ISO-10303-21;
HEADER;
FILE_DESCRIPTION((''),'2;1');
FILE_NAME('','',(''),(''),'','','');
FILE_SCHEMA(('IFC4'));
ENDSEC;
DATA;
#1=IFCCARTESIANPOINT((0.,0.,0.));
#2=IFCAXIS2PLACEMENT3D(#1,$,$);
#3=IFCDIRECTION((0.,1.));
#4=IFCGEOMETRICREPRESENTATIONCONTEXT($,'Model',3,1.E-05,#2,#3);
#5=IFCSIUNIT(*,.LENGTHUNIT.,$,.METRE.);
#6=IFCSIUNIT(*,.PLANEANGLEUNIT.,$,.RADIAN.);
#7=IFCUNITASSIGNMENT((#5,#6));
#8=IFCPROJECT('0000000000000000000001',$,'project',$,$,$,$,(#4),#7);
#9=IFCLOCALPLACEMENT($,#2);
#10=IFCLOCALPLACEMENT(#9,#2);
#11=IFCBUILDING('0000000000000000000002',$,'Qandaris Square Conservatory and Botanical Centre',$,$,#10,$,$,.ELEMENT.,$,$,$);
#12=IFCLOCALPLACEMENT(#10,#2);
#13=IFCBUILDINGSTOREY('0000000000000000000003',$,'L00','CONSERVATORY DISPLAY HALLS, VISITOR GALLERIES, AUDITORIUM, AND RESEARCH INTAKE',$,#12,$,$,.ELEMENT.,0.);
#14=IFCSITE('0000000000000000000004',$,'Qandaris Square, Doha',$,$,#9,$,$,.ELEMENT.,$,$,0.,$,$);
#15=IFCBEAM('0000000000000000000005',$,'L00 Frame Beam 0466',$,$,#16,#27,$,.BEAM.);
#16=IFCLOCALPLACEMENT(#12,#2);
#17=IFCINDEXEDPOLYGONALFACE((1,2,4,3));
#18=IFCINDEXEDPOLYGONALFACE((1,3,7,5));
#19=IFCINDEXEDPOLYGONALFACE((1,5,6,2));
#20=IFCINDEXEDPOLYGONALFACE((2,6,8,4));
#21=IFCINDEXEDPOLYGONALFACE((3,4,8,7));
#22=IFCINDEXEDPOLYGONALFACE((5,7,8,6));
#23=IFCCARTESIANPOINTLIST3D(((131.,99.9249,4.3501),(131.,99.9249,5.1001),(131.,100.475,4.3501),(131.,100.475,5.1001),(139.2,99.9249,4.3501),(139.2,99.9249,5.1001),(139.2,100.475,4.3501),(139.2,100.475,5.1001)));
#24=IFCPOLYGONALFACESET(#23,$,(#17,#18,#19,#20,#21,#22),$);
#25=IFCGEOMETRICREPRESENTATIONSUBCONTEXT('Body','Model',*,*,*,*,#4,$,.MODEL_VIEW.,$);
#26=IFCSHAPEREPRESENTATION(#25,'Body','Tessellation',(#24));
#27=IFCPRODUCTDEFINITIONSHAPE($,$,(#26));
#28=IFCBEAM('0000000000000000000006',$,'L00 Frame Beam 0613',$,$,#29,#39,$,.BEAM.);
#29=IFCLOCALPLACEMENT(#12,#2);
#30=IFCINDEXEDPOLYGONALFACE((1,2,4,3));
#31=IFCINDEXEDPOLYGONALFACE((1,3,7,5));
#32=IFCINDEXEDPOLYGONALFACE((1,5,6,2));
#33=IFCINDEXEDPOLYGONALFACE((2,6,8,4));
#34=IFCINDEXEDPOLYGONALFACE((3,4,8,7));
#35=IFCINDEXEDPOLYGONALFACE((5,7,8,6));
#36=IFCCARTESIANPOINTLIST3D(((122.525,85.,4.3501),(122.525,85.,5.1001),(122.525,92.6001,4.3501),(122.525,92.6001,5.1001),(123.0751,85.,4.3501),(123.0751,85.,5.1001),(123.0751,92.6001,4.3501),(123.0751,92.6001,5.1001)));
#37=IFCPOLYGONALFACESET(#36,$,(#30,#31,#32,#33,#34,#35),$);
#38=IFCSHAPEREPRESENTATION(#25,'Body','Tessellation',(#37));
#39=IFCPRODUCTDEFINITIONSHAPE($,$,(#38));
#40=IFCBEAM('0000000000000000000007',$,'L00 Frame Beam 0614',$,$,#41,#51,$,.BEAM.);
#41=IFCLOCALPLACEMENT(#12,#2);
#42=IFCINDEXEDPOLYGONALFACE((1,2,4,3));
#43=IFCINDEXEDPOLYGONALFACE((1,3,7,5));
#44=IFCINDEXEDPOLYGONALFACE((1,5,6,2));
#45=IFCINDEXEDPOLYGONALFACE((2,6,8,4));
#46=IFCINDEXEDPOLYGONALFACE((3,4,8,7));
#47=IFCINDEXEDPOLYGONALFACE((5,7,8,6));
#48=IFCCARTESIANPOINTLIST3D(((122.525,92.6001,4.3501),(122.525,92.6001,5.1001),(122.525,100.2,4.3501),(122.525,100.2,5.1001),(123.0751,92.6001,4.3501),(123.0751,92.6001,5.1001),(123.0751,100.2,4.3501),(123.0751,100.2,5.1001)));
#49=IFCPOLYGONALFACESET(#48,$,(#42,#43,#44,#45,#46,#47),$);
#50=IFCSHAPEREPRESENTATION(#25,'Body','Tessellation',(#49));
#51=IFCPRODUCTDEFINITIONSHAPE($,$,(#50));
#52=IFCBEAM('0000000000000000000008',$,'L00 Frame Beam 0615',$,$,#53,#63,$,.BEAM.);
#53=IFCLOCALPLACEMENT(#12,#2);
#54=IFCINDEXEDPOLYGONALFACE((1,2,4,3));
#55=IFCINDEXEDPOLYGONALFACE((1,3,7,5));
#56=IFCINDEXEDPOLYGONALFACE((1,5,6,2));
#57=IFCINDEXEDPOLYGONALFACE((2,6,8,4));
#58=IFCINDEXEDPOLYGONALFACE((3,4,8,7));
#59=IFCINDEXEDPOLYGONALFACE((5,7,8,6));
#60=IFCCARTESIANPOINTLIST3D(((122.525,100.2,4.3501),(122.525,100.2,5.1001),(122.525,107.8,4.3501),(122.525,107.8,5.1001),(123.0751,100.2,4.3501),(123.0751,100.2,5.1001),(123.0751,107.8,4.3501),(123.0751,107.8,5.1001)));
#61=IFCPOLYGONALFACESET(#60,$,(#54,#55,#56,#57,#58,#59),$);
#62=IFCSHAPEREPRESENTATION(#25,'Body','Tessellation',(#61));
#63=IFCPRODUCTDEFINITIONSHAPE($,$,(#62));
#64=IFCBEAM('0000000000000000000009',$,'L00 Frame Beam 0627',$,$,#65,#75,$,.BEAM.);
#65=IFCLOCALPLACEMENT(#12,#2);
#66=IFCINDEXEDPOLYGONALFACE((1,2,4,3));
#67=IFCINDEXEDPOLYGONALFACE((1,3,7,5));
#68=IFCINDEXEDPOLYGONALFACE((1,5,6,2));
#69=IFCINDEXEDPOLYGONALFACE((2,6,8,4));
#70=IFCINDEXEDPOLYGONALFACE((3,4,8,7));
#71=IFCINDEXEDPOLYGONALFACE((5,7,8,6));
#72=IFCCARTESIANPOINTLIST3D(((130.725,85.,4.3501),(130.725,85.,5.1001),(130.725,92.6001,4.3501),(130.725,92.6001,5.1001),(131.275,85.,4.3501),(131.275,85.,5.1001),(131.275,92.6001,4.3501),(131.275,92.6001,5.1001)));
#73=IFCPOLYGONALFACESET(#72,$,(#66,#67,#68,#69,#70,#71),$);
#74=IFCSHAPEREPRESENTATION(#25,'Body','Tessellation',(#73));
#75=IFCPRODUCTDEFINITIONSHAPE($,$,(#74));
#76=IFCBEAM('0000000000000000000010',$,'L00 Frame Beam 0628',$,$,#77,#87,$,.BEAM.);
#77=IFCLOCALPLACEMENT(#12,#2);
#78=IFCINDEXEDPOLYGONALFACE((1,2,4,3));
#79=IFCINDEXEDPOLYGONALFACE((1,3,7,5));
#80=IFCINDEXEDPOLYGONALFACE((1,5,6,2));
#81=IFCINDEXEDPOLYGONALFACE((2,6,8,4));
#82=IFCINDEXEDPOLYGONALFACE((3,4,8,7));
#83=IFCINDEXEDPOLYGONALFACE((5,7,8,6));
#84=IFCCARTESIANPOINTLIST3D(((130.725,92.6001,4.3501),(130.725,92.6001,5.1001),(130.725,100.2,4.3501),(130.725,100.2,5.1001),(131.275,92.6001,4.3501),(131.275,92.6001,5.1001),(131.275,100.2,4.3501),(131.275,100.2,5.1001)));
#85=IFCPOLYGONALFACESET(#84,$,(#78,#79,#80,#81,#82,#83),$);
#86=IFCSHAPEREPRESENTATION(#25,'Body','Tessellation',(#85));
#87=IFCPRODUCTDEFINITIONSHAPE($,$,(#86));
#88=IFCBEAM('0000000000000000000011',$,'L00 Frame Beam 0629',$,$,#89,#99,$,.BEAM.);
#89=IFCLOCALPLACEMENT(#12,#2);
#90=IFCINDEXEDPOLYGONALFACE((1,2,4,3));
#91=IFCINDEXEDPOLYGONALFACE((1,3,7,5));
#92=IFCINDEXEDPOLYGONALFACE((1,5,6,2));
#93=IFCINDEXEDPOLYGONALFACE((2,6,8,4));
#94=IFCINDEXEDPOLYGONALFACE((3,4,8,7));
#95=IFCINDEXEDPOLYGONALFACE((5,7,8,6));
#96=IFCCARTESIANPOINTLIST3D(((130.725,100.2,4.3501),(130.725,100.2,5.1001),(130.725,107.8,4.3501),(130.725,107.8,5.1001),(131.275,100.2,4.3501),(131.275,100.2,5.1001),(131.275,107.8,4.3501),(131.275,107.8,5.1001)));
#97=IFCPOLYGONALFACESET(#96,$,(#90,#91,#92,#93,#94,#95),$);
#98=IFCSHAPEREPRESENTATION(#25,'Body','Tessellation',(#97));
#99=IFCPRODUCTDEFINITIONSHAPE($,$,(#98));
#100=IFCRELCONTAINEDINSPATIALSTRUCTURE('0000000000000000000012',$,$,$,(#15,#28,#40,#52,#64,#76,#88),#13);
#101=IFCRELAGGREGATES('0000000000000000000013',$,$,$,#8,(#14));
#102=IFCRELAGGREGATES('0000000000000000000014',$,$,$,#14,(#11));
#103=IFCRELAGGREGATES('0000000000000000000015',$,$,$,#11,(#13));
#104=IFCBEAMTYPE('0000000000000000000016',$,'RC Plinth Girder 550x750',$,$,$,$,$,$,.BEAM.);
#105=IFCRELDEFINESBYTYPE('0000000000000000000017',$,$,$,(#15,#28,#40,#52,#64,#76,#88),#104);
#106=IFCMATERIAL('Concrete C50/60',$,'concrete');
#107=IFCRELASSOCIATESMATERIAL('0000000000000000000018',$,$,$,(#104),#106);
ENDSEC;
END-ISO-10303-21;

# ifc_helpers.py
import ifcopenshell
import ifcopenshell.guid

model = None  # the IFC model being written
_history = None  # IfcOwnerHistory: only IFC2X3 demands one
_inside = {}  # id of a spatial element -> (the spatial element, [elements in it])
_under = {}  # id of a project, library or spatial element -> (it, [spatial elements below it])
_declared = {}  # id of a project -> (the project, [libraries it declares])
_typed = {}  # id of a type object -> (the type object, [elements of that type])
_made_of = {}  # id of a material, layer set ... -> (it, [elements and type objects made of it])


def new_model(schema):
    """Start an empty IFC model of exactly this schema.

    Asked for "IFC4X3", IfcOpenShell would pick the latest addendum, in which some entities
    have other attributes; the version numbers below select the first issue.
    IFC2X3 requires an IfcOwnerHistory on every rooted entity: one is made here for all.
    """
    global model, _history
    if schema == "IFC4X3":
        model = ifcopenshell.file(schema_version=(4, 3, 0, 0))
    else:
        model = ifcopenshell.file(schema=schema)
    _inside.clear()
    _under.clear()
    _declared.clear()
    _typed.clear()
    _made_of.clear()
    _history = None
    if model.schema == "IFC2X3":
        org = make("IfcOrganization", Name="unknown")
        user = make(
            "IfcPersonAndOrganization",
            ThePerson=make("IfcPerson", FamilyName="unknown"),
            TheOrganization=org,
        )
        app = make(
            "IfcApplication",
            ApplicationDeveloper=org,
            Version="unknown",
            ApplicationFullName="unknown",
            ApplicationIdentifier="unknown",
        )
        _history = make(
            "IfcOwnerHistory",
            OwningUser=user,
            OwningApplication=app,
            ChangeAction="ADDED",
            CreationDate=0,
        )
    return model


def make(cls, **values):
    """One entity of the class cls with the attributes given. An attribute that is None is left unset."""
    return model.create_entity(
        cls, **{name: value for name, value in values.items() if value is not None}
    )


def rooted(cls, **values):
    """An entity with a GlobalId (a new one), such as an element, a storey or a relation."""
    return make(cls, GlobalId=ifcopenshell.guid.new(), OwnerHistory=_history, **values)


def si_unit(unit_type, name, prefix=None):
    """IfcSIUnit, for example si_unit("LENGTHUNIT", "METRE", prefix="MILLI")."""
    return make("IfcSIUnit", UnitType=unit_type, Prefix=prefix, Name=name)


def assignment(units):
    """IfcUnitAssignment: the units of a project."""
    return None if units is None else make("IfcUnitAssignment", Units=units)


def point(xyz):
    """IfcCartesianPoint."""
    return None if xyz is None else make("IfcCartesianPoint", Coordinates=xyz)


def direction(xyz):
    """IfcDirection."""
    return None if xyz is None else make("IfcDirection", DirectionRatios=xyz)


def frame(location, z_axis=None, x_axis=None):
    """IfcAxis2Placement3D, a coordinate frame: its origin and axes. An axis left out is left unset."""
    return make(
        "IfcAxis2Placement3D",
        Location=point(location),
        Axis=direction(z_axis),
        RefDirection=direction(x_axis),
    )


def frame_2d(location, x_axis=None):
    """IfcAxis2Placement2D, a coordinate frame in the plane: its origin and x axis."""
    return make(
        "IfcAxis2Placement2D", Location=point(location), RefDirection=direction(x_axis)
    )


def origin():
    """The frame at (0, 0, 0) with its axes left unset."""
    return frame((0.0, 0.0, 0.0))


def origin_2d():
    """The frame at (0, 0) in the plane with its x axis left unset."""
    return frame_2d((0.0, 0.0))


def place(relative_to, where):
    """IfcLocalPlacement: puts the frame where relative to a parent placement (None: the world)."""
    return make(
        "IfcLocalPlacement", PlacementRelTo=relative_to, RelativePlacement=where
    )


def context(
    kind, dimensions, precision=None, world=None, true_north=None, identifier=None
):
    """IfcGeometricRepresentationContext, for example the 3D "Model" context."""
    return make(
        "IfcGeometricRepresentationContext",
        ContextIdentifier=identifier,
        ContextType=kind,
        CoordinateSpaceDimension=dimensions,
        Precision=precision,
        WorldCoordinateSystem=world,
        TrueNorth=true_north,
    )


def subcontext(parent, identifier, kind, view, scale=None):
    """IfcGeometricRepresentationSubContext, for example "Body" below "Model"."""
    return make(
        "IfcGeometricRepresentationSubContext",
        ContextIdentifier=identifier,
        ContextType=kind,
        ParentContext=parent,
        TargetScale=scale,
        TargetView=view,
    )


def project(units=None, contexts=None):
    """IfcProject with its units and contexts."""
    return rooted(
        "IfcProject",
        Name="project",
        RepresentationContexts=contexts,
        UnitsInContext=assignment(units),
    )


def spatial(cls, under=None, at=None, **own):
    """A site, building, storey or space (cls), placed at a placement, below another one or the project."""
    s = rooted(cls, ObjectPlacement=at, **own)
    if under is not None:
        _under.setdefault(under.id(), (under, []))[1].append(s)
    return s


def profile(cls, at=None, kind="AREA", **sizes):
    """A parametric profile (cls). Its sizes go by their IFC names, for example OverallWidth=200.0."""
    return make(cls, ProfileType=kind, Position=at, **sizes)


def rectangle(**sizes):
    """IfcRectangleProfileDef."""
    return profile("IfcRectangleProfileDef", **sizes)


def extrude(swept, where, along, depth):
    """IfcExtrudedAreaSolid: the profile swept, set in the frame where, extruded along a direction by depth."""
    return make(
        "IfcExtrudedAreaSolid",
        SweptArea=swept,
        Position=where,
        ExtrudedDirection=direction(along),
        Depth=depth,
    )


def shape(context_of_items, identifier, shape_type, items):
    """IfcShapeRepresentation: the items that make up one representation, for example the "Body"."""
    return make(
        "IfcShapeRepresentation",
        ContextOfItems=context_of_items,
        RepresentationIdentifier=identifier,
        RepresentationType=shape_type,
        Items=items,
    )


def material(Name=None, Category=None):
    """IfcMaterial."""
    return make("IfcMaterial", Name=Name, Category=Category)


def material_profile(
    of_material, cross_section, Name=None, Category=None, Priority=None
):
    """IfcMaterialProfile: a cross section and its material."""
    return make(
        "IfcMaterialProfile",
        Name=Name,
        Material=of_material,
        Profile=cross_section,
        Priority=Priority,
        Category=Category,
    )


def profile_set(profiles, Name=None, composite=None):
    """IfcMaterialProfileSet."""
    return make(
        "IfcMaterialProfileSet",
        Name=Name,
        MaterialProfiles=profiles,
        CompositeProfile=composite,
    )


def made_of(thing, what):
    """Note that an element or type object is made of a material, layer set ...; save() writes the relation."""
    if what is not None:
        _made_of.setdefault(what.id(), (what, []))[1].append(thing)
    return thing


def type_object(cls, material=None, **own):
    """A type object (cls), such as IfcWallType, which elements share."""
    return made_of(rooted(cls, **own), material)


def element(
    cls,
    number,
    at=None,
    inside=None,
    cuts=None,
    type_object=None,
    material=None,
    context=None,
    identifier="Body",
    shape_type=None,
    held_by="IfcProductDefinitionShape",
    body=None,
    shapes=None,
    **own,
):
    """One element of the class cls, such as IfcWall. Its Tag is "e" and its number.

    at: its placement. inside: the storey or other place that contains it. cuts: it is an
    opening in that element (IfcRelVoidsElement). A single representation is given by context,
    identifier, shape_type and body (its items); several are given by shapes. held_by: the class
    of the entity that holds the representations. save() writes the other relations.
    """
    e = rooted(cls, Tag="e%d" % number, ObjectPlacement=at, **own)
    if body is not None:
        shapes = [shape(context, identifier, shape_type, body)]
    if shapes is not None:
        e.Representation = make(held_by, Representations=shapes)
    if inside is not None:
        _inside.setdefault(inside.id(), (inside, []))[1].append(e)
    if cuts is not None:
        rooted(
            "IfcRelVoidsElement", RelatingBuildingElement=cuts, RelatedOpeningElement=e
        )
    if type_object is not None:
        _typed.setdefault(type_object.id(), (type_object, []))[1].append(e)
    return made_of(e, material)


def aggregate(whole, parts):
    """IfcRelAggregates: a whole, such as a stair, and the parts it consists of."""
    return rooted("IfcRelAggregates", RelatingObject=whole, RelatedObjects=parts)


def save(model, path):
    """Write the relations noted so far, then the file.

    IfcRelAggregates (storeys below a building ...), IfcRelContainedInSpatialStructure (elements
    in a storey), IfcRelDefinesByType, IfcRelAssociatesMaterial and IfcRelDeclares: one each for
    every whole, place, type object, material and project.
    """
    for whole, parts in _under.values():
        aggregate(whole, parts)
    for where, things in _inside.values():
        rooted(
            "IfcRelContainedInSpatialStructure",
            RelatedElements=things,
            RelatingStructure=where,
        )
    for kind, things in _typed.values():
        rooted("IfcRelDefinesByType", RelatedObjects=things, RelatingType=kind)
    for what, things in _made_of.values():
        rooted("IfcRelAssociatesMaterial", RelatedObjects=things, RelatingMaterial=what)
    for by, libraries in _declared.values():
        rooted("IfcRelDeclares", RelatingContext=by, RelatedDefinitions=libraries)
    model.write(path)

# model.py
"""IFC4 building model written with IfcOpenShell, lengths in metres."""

from ifc_helpers import new_model, si_unit, direction, frame, origin, origin_2d, place, context, subcontext, project, spatial, rectangle, extrude, material, material_profile, profile_set, type_object, element, save


model = new_model("IFC4")

# Units and contexts
model_context = context("Model", 3, precision=1e-05, world=origin(), true_north=direction((0.0, 1.0)))
body_context = subcontext(model_context, "Body", "Model", "MODEL_VIEW")
ifc_project = project(units=[si_unit("LENGTHUNIT", "METRE"), si_unit("PLANEANGLEUNIT", "RADIAN")], contexts=[model_context])

# Site, building, storey
site_placement = place(None, origin())
site = spatial("IfcSite", under=ifc_project, at=site_placement, Name="Qandaris Square, Doha", CompositionType="ELEMENT", RefElevation=0.0)
building_placement = place(site_placement, origin())
building = spatial("IfcBuilding", under=site, at=building_placement, Name="Qandaris Square Conservatory and Botanical Centre", CompositionType="ELEMENT")
storey_placement = place(building_placement, origin())
storey = spatial("IfcBuildingStorey", under=building, at=storey_placement, Name="L00", Description="CONSERVATORY DISPLAY HALLS, VISITOR GALLERIES, AUDITORIUM, AND RESEARCH INTAKE", CompositionType="ELEMENT", Elevation=0.0)

# Shared definitions
ifc_material_1 = material(Name="Concrete C50/60", Category="concrete")

# Beams
ifc_material_profile_1 = material_profile(ifc_material_1, rectangle(XDim=0.55, YDim=0.75, at=origin_2d()), Name="RC-BM 550x750")
ifc_profile_set_1 = profile_set([ifc_material_profile_1], Name="Concrete C50/60")
beam_type_1 = type_object("IfcBeamType", Name="RC Plinth Girder 550x750", PredefinedType="BEAM", material=ifc_profile_set_1)
for number, where, z_axis, x_axis, name in (
    (1, (131.0, 100.2, 4.7251), (1.0, 0.0, 0.0), (0.0, 1.0, 0.0), "L00 Frame Beam 0466"),
):
    element("IfcBeam", number, at=place(storey_placement, frame(where, z_axis=z_axis, x_axis=x_axis)), inside=storey, type_object=beam_type_1, Name=name, PredefinedType="BEAM", context=body_context, shape_type="SweptSolid", body=[
        extrude(rectangle(XDim=0.55, YDim=0.75, at=origin_2d()), origin(), (0.0, 0.0, 1.0), 8.2),
    ])
beam_1_placement = place(storey_placement, frame((122.8, 85.0, 4.7251), z_axis=(0.0, 1.0, 0.0), x_axis=(-1.0, 0.0, 0.0)))
element("IfcBeam", 2, at=beam_1_placement, inside=storey, type_object=beam_type_1, Name="L00 Frame Beam 0613", PredefinedType="BEAM", context=body_context, shape_type="SweptSolid", body=[
    extrude(rectangle(XDim=0.55, YDim=0.75, at=origin_2d()), origin(), (0.0, 0.0, 1.0), 7.6001),
])
beam_2_placement = place(storey_placement, frame((122.8, 92.6001, 4.7251), z_axis=(0.0, 1.0, 0.0), x_axis=(-1.0, 0.0, 0.0)))
element("IfcBeam", 3, at=beam_2_placement, inside=storey, type_object=beam_type_1, Name="L00 Frame Beam 0614", PredefinedType="BEAM", context=body_context, shape_type="SweptSolid", body=[
    extrude(rectangle(XDim=0.55, YDim=0.75, at=origin_2d()), origin(), (0.0, 0.0, 1.0), 7.5999),
])
for number, where, z_axis, x_axis, name in (
    (4, (122.8, 100.2, 4.7251), (0.0, 1.0, 0.0), (-1.0, 0.0, 0.0), "L00 Frame Beam 0615"),
    (5, (131.0, 85.0, 4.7251), (0.0, 1.0, 0.0), (-1.0, 0.0, 0.0), "L00 Frame Beam 0627"),
):
    element("IfcBeam", number, at=place(storey_placement, frame(where, z_axis=z_axis, x_axis=x_axis)), inside=storey, type_object=beam_type_1, Name=name, PredefinedType="BEAM", context=body_context, shape_type="SweptSolid", body=[
        extrude(rectangle(XDim=0.55, YDim=0.75, at=origin_2d()), origin(), (0.0, 0.0, 1.0), 7.6001),
    ])
beam_3_placement = place(storey_placement, frame((131.0, 92.6001, 4.7251), z_axis=(0.0, 1.0, 0.0), x_axis=(-1.0, 0.0, 0.0)))
element("IfcBeam", 6, at=beam_3_placement, inside=storey, type_object=beam_type_1, Name="L00 Frame Beam 0628", PredefinedType="BEAM", context=body_context, shape_type="SweptSolid", body=[
    extrude(rectangle(XDim=0.55, YDim=0.75, at=origin_2d()), origin(), (0.0, 0.0, 1.0), 7.5999),
])
beam_4_placement = place(storey_placement, frame((131.0, 100.2, 4.7251), z_axis=(0.0, 1.0, 0.0), x_axis=(-1.0, 0.0, 0.0)))
element("IfcBeam", 7, at=beam_4_placement, inside=storey, type_object=beam_type_1, Name="L00 Frame Beam 0629", PredefinedType="BEAM", context=body_context, shape_type="SweptSolid", body=[
    extrude(rectangle(XDim=0.55, YDim=0.75, at=origin_2d()), origin(), (0.0, 0.0, 1.0), 7.6001),
])

save(model, "model.ifc")
